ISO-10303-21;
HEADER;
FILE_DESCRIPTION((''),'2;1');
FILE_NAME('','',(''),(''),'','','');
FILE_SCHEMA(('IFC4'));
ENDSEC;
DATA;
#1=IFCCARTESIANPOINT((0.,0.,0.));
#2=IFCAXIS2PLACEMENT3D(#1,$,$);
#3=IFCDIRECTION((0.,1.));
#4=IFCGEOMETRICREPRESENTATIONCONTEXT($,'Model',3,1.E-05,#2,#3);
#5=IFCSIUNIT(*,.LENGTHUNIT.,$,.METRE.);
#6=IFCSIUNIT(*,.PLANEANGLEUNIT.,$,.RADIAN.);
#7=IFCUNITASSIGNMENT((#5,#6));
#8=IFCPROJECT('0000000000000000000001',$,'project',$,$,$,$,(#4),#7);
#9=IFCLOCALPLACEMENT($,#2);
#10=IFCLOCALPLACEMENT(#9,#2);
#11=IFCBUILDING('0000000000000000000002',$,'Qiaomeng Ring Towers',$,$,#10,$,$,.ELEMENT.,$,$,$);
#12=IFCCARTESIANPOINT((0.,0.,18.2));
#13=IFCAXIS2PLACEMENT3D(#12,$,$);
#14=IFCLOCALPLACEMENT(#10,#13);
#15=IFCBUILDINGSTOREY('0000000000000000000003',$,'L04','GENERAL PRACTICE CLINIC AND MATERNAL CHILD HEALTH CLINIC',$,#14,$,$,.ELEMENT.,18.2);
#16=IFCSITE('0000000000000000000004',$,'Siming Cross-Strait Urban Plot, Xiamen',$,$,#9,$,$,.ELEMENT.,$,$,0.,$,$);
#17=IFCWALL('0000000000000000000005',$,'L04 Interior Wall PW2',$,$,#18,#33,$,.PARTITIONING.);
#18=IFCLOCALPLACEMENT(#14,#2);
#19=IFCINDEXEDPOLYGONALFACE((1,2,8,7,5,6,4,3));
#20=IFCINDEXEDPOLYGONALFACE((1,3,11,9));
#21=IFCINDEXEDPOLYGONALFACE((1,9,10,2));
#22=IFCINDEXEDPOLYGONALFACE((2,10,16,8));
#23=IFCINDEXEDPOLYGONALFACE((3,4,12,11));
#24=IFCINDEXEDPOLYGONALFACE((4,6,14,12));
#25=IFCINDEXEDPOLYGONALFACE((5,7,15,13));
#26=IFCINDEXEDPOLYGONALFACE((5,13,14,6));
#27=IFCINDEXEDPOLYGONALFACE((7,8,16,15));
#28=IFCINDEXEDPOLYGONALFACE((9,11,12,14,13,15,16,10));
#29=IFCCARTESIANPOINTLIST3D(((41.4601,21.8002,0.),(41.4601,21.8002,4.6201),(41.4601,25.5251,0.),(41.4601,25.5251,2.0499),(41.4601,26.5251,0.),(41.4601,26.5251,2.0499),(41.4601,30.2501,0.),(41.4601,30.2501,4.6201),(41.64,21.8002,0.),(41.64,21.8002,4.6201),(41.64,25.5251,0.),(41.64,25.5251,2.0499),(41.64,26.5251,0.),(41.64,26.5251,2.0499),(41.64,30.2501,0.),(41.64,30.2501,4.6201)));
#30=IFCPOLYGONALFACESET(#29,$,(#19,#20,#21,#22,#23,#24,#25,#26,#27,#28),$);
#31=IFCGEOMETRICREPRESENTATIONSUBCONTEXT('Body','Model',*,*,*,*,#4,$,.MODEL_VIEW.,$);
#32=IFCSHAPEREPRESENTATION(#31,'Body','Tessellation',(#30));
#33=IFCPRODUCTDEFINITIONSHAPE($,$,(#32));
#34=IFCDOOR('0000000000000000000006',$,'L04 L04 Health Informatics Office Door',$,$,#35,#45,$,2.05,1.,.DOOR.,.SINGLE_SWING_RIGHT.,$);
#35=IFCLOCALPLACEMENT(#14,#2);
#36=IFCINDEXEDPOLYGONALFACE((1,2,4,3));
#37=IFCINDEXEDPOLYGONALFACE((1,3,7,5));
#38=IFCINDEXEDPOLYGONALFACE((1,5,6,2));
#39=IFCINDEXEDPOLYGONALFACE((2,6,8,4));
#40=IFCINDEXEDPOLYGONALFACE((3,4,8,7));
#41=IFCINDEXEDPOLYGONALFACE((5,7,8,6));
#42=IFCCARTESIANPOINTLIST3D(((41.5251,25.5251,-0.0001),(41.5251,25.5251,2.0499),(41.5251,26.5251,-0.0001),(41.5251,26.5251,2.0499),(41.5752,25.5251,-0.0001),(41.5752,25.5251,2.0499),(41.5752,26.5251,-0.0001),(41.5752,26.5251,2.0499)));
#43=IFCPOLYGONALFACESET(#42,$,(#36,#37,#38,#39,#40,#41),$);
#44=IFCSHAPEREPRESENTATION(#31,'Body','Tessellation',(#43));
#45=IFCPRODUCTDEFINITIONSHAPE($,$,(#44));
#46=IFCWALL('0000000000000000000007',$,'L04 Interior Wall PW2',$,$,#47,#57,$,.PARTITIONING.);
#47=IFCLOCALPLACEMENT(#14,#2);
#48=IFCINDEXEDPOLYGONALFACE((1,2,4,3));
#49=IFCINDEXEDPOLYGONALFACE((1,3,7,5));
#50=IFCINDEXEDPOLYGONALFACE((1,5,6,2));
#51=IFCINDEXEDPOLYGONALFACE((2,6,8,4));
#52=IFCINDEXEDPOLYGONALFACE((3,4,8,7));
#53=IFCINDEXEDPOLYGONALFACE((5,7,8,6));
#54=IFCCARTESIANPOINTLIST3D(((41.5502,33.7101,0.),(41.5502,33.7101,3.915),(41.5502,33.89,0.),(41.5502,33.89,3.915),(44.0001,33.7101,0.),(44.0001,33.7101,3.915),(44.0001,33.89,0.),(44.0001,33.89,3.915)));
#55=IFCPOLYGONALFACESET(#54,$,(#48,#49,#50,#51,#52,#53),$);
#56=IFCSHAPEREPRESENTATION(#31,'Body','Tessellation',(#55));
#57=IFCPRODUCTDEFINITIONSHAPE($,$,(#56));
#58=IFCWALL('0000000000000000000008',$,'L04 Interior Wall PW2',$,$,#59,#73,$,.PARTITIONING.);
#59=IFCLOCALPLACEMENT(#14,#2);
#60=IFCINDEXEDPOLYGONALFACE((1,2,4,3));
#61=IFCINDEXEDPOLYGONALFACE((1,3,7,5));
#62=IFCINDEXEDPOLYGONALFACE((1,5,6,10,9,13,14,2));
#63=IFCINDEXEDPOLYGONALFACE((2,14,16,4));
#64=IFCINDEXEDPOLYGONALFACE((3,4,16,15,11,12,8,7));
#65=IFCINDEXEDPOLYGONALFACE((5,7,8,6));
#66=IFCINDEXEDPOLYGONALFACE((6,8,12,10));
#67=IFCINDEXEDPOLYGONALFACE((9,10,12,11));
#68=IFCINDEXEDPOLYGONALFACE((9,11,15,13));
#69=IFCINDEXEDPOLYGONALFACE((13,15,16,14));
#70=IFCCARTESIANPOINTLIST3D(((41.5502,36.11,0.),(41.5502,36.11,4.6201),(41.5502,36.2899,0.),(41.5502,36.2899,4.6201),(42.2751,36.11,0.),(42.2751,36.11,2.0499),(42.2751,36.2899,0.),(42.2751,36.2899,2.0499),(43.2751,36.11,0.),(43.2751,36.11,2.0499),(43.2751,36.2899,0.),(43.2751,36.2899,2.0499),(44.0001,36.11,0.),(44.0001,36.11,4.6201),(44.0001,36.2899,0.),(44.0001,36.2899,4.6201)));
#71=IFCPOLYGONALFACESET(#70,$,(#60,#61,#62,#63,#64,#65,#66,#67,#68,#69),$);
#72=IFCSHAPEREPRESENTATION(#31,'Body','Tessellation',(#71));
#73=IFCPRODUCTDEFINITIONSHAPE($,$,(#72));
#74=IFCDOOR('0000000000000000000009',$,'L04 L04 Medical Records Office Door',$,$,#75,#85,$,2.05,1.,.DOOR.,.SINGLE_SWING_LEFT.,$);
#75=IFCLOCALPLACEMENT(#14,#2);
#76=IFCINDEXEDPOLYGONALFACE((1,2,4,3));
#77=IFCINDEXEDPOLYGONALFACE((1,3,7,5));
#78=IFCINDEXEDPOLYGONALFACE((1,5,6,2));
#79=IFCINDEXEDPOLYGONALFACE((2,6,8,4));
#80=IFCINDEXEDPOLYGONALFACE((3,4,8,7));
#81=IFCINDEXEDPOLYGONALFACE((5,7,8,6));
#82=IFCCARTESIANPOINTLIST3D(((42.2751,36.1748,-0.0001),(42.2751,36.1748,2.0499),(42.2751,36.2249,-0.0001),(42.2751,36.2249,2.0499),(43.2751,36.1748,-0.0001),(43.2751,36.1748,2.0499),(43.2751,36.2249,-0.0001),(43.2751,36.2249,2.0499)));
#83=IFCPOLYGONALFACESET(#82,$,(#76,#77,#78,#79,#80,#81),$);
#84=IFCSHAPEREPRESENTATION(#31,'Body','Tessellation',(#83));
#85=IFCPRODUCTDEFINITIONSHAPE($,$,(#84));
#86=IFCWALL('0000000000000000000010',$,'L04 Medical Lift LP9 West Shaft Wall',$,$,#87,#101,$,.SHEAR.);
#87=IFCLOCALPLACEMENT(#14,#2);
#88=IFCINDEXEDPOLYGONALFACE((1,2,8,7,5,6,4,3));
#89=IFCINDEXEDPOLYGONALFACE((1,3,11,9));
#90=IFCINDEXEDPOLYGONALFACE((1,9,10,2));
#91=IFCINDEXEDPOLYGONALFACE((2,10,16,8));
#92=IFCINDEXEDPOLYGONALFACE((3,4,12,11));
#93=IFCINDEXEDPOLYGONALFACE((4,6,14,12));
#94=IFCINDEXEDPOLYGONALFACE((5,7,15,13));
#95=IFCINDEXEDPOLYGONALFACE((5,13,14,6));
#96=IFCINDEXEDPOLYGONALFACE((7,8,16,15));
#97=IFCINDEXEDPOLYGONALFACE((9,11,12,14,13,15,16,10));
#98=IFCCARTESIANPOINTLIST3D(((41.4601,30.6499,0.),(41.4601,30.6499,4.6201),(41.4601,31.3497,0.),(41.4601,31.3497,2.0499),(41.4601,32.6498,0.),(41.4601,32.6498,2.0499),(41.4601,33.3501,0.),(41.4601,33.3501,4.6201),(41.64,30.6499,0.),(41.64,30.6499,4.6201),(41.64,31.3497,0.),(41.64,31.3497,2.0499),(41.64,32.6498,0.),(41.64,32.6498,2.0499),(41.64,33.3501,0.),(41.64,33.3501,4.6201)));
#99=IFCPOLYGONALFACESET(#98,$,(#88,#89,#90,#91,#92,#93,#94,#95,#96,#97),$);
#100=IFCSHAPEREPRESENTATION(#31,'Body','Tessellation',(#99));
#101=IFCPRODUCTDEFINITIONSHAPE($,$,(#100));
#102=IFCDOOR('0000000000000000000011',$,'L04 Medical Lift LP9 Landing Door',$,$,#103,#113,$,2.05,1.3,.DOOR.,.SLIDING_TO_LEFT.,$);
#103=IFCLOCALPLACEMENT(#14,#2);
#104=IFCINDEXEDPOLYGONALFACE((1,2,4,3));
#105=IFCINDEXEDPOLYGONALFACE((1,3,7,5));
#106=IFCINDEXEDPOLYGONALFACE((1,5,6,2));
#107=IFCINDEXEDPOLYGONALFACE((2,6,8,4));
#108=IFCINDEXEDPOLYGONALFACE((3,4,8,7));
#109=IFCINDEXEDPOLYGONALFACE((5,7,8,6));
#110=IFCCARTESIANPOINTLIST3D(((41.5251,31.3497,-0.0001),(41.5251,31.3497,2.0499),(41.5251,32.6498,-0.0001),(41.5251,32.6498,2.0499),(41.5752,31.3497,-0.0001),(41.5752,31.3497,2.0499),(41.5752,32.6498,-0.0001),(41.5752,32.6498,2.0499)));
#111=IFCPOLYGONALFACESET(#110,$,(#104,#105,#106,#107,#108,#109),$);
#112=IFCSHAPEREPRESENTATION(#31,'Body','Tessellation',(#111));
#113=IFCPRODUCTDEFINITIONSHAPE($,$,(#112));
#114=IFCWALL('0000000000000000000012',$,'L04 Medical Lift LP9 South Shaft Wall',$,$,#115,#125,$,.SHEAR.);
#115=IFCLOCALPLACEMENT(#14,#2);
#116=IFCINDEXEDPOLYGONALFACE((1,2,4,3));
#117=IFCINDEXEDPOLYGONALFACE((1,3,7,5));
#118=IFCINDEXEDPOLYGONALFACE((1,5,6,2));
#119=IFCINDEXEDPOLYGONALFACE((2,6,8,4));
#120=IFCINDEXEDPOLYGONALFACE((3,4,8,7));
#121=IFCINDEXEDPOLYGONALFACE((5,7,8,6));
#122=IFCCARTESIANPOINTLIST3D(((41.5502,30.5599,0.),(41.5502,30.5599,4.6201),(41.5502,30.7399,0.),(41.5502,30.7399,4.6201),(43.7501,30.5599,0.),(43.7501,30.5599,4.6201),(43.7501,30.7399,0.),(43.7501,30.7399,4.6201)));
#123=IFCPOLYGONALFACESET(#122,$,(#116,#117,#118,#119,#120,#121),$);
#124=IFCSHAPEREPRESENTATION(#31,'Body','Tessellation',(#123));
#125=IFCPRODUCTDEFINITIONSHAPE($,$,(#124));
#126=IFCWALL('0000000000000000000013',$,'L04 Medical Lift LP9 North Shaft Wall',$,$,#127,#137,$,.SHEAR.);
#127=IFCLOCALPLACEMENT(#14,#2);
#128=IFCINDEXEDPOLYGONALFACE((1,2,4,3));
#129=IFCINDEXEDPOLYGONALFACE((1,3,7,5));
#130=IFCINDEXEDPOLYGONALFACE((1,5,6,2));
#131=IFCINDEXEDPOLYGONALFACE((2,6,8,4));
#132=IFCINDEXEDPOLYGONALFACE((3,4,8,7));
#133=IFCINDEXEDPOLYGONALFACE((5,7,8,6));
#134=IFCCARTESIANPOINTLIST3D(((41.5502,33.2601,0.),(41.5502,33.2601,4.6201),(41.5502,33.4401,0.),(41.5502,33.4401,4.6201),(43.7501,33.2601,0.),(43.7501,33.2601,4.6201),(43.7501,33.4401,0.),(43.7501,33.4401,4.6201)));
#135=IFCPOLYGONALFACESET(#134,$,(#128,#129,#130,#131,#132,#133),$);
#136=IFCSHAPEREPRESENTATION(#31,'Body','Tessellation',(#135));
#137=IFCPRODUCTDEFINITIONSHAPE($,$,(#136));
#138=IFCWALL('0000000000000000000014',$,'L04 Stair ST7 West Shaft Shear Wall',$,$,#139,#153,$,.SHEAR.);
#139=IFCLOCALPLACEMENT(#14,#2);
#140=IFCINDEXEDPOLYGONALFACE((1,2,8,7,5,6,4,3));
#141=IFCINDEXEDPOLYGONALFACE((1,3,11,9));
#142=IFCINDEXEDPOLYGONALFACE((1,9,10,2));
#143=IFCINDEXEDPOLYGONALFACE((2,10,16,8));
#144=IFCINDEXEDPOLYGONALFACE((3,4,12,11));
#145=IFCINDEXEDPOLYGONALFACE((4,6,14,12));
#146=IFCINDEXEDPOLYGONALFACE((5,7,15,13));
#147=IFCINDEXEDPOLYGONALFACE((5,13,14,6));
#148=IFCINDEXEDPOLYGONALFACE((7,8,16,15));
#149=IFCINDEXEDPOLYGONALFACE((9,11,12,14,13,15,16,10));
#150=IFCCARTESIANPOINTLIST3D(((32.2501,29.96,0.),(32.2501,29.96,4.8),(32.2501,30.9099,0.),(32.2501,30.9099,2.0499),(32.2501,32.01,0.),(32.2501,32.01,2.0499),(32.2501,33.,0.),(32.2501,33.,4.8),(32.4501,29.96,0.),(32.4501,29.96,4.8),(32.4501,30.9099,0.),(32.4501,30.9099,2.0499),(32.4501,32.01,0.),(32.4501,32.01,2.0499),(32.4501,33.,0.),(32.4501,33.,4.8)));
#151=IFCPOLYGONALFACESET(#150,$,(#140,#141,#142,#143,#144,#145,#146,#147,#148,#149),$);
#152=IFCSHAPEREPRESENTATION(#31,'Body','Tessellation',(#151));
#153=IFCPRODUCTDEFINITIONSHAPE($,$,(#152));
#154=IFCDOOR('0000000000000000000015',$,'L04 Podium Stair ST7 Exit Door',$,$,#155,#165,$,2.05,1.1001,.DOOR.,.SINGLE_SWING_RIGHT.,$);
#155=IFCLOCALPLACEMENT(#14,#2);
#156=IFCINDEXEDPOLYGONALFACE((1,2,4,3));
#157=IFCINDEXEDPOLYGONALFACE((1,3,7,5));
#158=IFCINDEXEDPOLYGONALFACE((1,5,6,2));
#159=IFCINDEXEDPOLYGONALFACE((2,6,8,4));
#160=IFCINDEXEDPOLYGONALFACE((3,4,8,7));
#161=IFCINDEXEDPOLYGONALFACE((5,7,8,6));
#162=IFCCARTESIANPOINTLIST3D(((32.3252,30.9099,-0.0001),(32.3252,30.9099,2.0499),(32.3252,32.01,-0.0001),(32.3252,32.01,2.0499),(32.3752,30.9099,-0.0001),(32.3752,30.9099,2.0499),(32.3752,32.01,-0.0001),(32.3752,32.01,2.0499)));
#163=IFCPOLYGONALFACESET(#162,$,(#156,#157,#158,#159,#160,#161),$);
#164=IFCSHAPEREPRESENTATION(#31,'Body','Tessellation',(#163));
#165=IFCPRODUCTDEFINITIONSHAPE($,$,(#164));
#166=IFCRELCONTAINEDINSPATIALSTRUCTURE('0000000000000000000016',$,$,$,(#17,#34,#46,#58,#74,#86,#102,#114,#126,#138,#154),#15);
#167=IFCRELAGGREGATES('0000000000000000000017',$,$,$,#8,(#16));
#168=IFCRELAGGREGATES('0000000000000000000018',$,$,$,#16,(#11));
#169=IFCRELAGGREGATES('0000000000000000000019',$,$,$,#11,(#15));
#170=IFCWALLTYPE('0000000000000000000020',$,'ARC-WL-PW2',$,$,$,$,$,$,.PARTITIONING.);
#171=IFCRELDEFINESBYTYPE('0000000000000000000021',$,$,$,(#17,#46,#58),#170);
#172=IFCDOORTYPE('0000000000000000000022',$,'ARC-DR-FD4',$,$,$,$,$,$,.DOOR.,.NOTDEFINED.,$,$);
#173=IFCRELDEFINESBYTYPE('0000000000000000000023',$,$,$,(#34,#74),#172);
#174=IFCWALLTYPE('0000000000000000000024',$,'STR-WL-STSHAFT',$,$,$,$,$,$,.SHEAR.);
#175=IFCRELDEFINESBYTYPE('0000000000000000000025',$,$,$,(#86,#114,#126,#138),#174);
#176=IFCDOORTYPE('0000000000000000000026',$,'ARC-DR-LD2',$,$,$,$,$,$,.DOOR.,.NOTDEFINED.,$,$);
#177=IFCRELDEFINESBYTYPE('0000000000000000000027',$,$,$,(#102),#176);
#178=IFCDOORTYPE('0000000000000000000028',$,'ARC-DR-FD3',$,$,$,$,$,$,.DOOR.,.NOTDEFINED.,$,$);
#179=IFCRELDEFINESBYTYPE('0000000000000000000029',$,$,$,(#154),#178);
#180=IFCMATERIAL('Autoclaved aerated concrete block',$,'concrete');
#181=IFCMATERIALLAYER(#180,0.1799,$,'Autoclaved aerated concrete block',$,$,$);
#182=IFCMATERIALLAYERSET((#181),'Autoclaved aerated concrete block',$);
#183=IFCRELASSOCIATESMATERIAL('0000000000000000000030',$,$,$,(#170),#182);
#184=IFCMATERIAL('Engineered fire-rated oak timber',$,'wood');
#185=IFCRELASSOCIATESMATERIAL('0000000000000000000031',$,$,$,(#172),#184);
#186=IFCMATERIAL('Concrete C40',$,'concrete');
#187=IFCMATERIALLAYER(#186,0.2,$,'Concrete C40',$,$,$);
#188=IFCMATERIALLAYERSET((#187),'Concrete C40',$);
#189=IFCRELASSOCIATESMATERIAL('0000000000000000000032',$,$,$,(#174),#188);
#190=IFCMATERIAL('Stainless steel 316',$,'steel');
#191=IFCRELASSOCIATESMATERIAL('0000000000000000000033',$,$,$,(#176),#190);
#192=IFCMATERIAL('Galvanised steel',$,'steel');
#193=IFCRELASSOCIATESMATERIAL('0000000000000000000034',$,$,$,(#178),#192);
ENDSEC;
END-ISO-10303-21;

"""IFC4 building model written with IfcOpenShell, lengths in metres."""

from ifc_helpers import new_model, si_unit, direction, frame, frame_2d, origin, place, context, subcontext, project, spatial, rectangle, extrude, source, transform, mapped, material, layer, layer_set, type_object, element, fill, save


model = new_model("IFC4")

# Units and contexts
model_context = context("Model", 3, precision=1e-05, world=origin(), true_north=direction((0.0, 1.0)))
body_context = subcontext(model_context, "Body", "Model", "MODEL_VIEW")
ifc_project = project(units=[si_unit("LENGTHUNIT", "METRE"), si_unit("PLANEANGLEUNIT", "RADIAN")], contexts=[model_context])

# Site, building, storey
site_placement = place(None, origin())
site = spatial("IfcSite", under=ifc_project, at=site_placement, Name="Siming Cross-Strait Urban Plot, Xiamen", CompositionType="ELEMENT", RefElevation=0.0)
building_placement = place(site_placement, origin())
building = spatial("IfcBuilding", under=site, at=building_placement, Name="Qiaomeng Ring Towers", CompositionType="ELEMENT")
storey_placement = place(building_placement, frame((0.0, 0.0, 18.2)))
storey = spatial("IfcBuildingStorey", under=building, at=storey_placement, Name="L04", Description="GENERAL PRACTICE CLINIC AND MATERNAL CHILD HEALTH CLINIC", CompositionType="ELEMENT", Elevation=18.2)

# Shared definitions
ifc_material_1 = material(Name="Autoclaved aerated concrete block", Category="concrete")
ifc_layer_1 = layer(ifc_material_1, 0.1799, Name="Autoclaved aerated concrete block")
ifc_layer_set_1 = layer_set([ifc_layer_1], Name="Autoclaved aerated concrete block")
wall_type_1 = type_object("IfcWallType", Name="ARC-WL-PW2", PredefinedType="PARTITIONING", material=ifc_layer_set_1)
ifc_material_2 = material(Name="Engineered fire-rated oak timber", Category="wood")
door_type_1 = type_object("IfcDoorType", Name="ARC-DR-FD4", OperationType="NOTDEFINED", PredefinedType="DOOR", material=ifc_material_2)
shared_shape_1 = source(origin(), body_context, "Body", "SweptSolid", [
    extrude(rectangle(XDim=1.0, YDim=2.05, at=frame_2d((0.5, 1.0249))), frame((0.0, 0.0249, 0.0), z_axis=(0.0, -1.0, 0.0), x_axis=(1.0, 0.0, 0.0)), (0.0, 0.0, 1.0), 0.05),
])

# Wall, opening, door
wall_1_placement = place(storey_placement, frame((41.55, 21.8, 0.0), z_axis=(0.0, 0.0, 1.0), x_axis=(0.0, 1.0, 0.0)))
wall_1 = element("IfcWall", 1, at=wall_1_placement, inside=storey, type_object=wall_type_1, Name="L04 Interior Wall PW2", PredefinedType="PARTITIONING", context=body_context, shape_type="SweptSolid", body=[
    extrude(rectangle(XDim=8.45, YDim=0.1799, at=frame_2d((4.2251, 0.0))), origin(), (0.0, 0.0, 1.0), 4.6201),
])
opening_1_placement = place(wall_1_placement, frame((3.7251, 0.0, 0.0)))
opening_1 = element("IfcOpeningElement", 2, at=opening_1_placement, cuts=wall_1, PredefinedType="OPENING", context=body_context, shape_type="SweptSolid", body=[
    extrude(rectangle(XDim=1.0, YDim=2.05, at=frame_2d((0.5, 1.0249))), frame((0.0, 0.0999, 0.0), z_axis=(0.0, -1.0, 0.0), x_axis=(1.0, 0.0, 0.0)), (0.0, 0.0, 1.0), 0.2),
])
door_1_placement = place(opening_1_placement, origin())
door_1 = element("IfcDoor", 3, at=door_1_placement, inside=storey, type_object=door_type_1, Name="L04 L04 Health Informatics Office Door", OperationType="SINGLE_SWING_RIGHT", OverallHeight=2.05, OverallWidth=1.0, PredefinedType="DOOR", context=body_context, shape_type="MappedRepresentation", body=[
    mapped(shared_shape_1, transform((0.0, 0.0, 0.0), x_axis=(1.0, 0.0, 0.0), y_axis=(0.0, 1.0, 0.0), z_axis=(0.0, 0.0, 1.0), scale=1.0)),
])
fill(opening_1, door_1)

# Wall
wall_2_placement = place(storey_placement, frame((41.55, 33.8, 0.0), z_axis=(0.0, 0.0, 1.0), x_axis=(1.0, 0.0, 0.0)))
element("IfcWall", 4, at=wall_2_placement, inside=storey, type_object=wall_type_1, Name="L04 Interior Wall PW2", PredefinedType="PARTITIONING", context=body_context, shape_type="SweptSolid", body=[
    extrude(rectangle(XDim=2.45, YDim=0.1799, at=frame_2d((1.2251, 0.0))), origin(), (0.0, 0.0, 1.0), 3.915),
])

# Walls, openings, doors
wall_3_placement = place(storey_placement, frame((41.55, 36.2, 0.0), z_axis=(0.0, 0.0, 1.0), x_axis=(1.0, 0.0, 0.0)))
wall_3 = element("IfcWall", 5, at=wall_3_placement, inside=storey, type_object=wall_type_1, Name="L04 Interior Wall PW2", PredefinedType="PARTITIONING", context=body_context, shape_type="SweptSolid", body=[
    extrude(rectangle(XDim=2.45, YDim=0.1799, at=frame_2d((1.2251, 0.0))), origin(), (0.0, 0.0, 1.0), 4.6201),
])
opening_2_placement = place(wall_3_placement, frame((0.7251, 0.0, 0.0)))
opening_2 = element("IfcOpeningElement", 6, at=opening_2_placement, cuts=wall_3, PredefinedType="OPENING", context=body_context, shape_type="SweptSolid", body=[
    extrude(rectangle(XDim=1.0, YDim=2.05, at=frame_2d((0.5, 1.0249))), frame((0.0, 0.0999, 0.0), z_axis=(0.0, -1.0, 0.0), x_axis=(1.0, 0.0, 0.0)), (0.0, 0.0, 1.0), 0.2),
])
door_2_placement = place(opening_2_placement, origin())
door_2 = element("IfcDoor", 7, at=door_2_placement, inside=storey, type_object=door_type_1, Name="L04 L04 Medical Records Office Door", OperationType="SINGLE_SWING_LEFT", OverallHeight=2.05, OverallWidth=1.0, PredefinedType="DOOR", context=body_context, shape_type="MappedRepresentation", body=[
    mapped(shared_shape_1, transform((0.0, 0.0, 0.0), x_axis=(1.0, 0.0, 0.0), y_axis=(0.0, 1.0, 0.0), z_axis=(0.0, 0.0, 1.0), scale=1.0)),
])
fill(opening_2, door_2)
ifc_material_3 = material(Name="Concrete C40", Category="concrete")
ifc_layer_2 = layer(ifc_material_3, 0.2, Name="Concrete C40")
ifc_layer_set_2 = layer_set([ifc_layer_2], Name="Concrete C40")
wall_type_2 = type_object("IfcWallType", Name="STR-WL-STSHAFT", PredefinedType="SHEAR", material=ifc_layer_set_2)
wall_4_placement = place(storey_placement, frame((41.55, 30.6499, 0.0), z_axis=(0.0, 0.0, 1.0), x_axis=(0.0, 1.0, 0.0)))
wall_4 = element("IfcWall", 8, at=wall_4_placement, inside=storey, type_object=wall_type_2, Name="L04 Medical Lift LP9 West Shaft Wall", PredefinedType="SHEAR", context=body_context, shape_type="SweptSolid", body=[
    extrude(rectangle(XDim=2.7002, YDim=0.1799, at=frame_2d((1.3501, 0.0))), origin(), (0.0, 0.0, 1.0), 4.6201),
])
opening_3_placement = place(wall_4_placement, frame((0.7, 0.0, 0.0)))
opening_3 = element("IfcOpeningElement", 9, at=opening_3_placement, cuts=wall_4, PredefinedType="OPENING", context=body_context, shape_type="SweptSolid", body=[
    extrude(rectangle(XDim=1.3, YDim=2.05, at=frame_2d((0.6499, 1.0249))), frame((0.0, 0.0999, 0.0), z_axis=(0.0, -1.0, 0.0), x_axis=(1.0, 0.0, 0.0)), (0.0, 0.0, 1.0), 0.2),
])
ifc_material_4 = material(Name="Stainless steel 316", Category="steel")
door_type_2 = type_object("IfcDoorType", Name="ARC-DR-LD2", OperationType="NOTDEFINED", PredefinedType="DOOR", material=ifc_material_4)
shared_shape_2 = source(origin(), body_context, "Body", "SweptSolid", [
    extrude(rectangle(XDim=1.3, YDim=2.05, at=frame_2d((0.6499, 1.0249))), frame((0.0, 0.0249, 0.0), z_axis=(0.0, -1.0, 0.0), x_axis=(1.0, 0.0, 0.0)), (0.0, 0.0, 1.0), 0.05),
])
door_3_placement = place(opening_3_placement, origin())
door_3 = element("IfcDoor", 10, at=door_3_placement, inside=storey, type_object=door_type_2, Name="L04 Medical Lift LP9 Landing Door", OperationType="SLIDING_TO_LEFT", OverallHeight=2.05, OverallWidth=1.3, PredefinedType="DOOR", context=body_context, shape_type="MappedRepresentation", body=[
    mapped(shared_shape_2, transform((0.0, 0.0, 0.0), x_axis=(1.0, 0.0, 0.0), y_axis=(0.0, 1.0, 0.0), z_axis=(0.0, 0.0, 1.0), scale=1.0)),
])
fill(opening_3, door_3)

# Walls
for number, where, z_axis, x_axis, name in (
    (11, (41.55, 30.6499, 0.0), (0.0, 0.0, 1.0), (1.0, 0.0, 0.0), "L04 Medical Lift LP9 South Shaft Wall"),
    (12, (41.55, 33.3501, 0.0), (0.0, 0.0, 1.0), (1.0, 0.0, 0.0), "L04 Medical Lift LP9 North Shaft Wall"),
):
    element("IfcWall", number, at=place(storey_placement, frame(where, z_axis=z_axis, x_axis=x_axis)), inside=storey, type_object=wall_type_2, Name=name, PredefinedType="SHEAR", context=body_context, shape_type="SweptSolid", body=[
        extrude(rectangle(XDim=2.2, YDim=0.1799, at=frame_2d((1.1001, 0.0))), origin(), (0.0, 0.0, 1.0), 4.6201),
    ])

# Wall, opening, door
wall_5_placement = place(storey_placement, frame((32.3501, 29.96, 0.0), z_axis=(0.0, 0.0, 1.0), x_axis=(0.0, 1.0, 0.0)))
wall_5 = element("IfcWall", 13, at=wall_5_placement, inside=storey, type_object=wall_type_2, Name="L04 Stair ST7 West Shaft Shear Wall", PredefinedType="SHEAR", context=body_context, shape_type="SweptSolid", body=[
    extrude(rectangle(XDim=3.04, YDim=0.2, at=frame_2d((1.52, 0.0))), origin(), (0.0, 0.0, 1.0), 4.8),
])
opening_4_placement = place(wall_5_placement, frame((0.95, 0.0, 0.0)))
opening_4 = element("IfcOpeningElement", 14, at=opening_4_placement, cuts=wall_5, PredefinedType="OPENING", context=body_context, shape_type="SweptSolid", body=[
    extrude(rectangle(XDim=1.1001, YDim=2.05, at=frame_2d((0.55, 1.0249))), frame((0.0, 0.1099, 0.0), z_axis=(0.0, -1.0, 0.0), x_axis=(1.0, 0.0, 0.0)), (0.0, 0.0, 1.0), 0.22),
])
ifc_material_5 = material(Name="Galvanised steel", Category="steel")
door_type_3 = type_object("IfcDoorType", Name="ARC-DR-FD3", OperationType="NOTDEFINED", PredefinedType="DOOR", material=ifc_material_5)
shared_shape_3 = source(origin(), body_context, "Body", "SweptSolid", [
    extrude(rectangle(XDim=1.1001, YDim=2.05, at=frame_2d((0.55, 1.0249))), frame((0.0, 0.0249, 0.0), z_axis=(0.0, -1.0, 0.0), x_axis=(1.0, 0.0, 0.0)), (0.0, 0.0, 1.0), 0.05),
])
door_4_placement = place(opening_4_placement, origin())
door_4 = element("IfcDoor", 15, at=door_4_placement, inside=storey, type_object=door_type_3, Name="L04 Podium Stair ST7 Exit Door", OperationType="SINGLE_SWING_RIGHT", OverallHeight=2.05, OverallWidth=1.1001, PredefinedType="DOOR", context=body_context, shape_type="MappedRepresentation", body=[
    mapped(shared_shape_3, transform((0.0, 0.0, 0.0), x_axis=(1.0, 0.0, 0.0), y_axis=(0.0, 1.0, 0.0), z_axis=(0.0, 0.0, 1.0), scale=1.0)),
])
fill(opening_4, door_4)

save(model, "model.ifc")
